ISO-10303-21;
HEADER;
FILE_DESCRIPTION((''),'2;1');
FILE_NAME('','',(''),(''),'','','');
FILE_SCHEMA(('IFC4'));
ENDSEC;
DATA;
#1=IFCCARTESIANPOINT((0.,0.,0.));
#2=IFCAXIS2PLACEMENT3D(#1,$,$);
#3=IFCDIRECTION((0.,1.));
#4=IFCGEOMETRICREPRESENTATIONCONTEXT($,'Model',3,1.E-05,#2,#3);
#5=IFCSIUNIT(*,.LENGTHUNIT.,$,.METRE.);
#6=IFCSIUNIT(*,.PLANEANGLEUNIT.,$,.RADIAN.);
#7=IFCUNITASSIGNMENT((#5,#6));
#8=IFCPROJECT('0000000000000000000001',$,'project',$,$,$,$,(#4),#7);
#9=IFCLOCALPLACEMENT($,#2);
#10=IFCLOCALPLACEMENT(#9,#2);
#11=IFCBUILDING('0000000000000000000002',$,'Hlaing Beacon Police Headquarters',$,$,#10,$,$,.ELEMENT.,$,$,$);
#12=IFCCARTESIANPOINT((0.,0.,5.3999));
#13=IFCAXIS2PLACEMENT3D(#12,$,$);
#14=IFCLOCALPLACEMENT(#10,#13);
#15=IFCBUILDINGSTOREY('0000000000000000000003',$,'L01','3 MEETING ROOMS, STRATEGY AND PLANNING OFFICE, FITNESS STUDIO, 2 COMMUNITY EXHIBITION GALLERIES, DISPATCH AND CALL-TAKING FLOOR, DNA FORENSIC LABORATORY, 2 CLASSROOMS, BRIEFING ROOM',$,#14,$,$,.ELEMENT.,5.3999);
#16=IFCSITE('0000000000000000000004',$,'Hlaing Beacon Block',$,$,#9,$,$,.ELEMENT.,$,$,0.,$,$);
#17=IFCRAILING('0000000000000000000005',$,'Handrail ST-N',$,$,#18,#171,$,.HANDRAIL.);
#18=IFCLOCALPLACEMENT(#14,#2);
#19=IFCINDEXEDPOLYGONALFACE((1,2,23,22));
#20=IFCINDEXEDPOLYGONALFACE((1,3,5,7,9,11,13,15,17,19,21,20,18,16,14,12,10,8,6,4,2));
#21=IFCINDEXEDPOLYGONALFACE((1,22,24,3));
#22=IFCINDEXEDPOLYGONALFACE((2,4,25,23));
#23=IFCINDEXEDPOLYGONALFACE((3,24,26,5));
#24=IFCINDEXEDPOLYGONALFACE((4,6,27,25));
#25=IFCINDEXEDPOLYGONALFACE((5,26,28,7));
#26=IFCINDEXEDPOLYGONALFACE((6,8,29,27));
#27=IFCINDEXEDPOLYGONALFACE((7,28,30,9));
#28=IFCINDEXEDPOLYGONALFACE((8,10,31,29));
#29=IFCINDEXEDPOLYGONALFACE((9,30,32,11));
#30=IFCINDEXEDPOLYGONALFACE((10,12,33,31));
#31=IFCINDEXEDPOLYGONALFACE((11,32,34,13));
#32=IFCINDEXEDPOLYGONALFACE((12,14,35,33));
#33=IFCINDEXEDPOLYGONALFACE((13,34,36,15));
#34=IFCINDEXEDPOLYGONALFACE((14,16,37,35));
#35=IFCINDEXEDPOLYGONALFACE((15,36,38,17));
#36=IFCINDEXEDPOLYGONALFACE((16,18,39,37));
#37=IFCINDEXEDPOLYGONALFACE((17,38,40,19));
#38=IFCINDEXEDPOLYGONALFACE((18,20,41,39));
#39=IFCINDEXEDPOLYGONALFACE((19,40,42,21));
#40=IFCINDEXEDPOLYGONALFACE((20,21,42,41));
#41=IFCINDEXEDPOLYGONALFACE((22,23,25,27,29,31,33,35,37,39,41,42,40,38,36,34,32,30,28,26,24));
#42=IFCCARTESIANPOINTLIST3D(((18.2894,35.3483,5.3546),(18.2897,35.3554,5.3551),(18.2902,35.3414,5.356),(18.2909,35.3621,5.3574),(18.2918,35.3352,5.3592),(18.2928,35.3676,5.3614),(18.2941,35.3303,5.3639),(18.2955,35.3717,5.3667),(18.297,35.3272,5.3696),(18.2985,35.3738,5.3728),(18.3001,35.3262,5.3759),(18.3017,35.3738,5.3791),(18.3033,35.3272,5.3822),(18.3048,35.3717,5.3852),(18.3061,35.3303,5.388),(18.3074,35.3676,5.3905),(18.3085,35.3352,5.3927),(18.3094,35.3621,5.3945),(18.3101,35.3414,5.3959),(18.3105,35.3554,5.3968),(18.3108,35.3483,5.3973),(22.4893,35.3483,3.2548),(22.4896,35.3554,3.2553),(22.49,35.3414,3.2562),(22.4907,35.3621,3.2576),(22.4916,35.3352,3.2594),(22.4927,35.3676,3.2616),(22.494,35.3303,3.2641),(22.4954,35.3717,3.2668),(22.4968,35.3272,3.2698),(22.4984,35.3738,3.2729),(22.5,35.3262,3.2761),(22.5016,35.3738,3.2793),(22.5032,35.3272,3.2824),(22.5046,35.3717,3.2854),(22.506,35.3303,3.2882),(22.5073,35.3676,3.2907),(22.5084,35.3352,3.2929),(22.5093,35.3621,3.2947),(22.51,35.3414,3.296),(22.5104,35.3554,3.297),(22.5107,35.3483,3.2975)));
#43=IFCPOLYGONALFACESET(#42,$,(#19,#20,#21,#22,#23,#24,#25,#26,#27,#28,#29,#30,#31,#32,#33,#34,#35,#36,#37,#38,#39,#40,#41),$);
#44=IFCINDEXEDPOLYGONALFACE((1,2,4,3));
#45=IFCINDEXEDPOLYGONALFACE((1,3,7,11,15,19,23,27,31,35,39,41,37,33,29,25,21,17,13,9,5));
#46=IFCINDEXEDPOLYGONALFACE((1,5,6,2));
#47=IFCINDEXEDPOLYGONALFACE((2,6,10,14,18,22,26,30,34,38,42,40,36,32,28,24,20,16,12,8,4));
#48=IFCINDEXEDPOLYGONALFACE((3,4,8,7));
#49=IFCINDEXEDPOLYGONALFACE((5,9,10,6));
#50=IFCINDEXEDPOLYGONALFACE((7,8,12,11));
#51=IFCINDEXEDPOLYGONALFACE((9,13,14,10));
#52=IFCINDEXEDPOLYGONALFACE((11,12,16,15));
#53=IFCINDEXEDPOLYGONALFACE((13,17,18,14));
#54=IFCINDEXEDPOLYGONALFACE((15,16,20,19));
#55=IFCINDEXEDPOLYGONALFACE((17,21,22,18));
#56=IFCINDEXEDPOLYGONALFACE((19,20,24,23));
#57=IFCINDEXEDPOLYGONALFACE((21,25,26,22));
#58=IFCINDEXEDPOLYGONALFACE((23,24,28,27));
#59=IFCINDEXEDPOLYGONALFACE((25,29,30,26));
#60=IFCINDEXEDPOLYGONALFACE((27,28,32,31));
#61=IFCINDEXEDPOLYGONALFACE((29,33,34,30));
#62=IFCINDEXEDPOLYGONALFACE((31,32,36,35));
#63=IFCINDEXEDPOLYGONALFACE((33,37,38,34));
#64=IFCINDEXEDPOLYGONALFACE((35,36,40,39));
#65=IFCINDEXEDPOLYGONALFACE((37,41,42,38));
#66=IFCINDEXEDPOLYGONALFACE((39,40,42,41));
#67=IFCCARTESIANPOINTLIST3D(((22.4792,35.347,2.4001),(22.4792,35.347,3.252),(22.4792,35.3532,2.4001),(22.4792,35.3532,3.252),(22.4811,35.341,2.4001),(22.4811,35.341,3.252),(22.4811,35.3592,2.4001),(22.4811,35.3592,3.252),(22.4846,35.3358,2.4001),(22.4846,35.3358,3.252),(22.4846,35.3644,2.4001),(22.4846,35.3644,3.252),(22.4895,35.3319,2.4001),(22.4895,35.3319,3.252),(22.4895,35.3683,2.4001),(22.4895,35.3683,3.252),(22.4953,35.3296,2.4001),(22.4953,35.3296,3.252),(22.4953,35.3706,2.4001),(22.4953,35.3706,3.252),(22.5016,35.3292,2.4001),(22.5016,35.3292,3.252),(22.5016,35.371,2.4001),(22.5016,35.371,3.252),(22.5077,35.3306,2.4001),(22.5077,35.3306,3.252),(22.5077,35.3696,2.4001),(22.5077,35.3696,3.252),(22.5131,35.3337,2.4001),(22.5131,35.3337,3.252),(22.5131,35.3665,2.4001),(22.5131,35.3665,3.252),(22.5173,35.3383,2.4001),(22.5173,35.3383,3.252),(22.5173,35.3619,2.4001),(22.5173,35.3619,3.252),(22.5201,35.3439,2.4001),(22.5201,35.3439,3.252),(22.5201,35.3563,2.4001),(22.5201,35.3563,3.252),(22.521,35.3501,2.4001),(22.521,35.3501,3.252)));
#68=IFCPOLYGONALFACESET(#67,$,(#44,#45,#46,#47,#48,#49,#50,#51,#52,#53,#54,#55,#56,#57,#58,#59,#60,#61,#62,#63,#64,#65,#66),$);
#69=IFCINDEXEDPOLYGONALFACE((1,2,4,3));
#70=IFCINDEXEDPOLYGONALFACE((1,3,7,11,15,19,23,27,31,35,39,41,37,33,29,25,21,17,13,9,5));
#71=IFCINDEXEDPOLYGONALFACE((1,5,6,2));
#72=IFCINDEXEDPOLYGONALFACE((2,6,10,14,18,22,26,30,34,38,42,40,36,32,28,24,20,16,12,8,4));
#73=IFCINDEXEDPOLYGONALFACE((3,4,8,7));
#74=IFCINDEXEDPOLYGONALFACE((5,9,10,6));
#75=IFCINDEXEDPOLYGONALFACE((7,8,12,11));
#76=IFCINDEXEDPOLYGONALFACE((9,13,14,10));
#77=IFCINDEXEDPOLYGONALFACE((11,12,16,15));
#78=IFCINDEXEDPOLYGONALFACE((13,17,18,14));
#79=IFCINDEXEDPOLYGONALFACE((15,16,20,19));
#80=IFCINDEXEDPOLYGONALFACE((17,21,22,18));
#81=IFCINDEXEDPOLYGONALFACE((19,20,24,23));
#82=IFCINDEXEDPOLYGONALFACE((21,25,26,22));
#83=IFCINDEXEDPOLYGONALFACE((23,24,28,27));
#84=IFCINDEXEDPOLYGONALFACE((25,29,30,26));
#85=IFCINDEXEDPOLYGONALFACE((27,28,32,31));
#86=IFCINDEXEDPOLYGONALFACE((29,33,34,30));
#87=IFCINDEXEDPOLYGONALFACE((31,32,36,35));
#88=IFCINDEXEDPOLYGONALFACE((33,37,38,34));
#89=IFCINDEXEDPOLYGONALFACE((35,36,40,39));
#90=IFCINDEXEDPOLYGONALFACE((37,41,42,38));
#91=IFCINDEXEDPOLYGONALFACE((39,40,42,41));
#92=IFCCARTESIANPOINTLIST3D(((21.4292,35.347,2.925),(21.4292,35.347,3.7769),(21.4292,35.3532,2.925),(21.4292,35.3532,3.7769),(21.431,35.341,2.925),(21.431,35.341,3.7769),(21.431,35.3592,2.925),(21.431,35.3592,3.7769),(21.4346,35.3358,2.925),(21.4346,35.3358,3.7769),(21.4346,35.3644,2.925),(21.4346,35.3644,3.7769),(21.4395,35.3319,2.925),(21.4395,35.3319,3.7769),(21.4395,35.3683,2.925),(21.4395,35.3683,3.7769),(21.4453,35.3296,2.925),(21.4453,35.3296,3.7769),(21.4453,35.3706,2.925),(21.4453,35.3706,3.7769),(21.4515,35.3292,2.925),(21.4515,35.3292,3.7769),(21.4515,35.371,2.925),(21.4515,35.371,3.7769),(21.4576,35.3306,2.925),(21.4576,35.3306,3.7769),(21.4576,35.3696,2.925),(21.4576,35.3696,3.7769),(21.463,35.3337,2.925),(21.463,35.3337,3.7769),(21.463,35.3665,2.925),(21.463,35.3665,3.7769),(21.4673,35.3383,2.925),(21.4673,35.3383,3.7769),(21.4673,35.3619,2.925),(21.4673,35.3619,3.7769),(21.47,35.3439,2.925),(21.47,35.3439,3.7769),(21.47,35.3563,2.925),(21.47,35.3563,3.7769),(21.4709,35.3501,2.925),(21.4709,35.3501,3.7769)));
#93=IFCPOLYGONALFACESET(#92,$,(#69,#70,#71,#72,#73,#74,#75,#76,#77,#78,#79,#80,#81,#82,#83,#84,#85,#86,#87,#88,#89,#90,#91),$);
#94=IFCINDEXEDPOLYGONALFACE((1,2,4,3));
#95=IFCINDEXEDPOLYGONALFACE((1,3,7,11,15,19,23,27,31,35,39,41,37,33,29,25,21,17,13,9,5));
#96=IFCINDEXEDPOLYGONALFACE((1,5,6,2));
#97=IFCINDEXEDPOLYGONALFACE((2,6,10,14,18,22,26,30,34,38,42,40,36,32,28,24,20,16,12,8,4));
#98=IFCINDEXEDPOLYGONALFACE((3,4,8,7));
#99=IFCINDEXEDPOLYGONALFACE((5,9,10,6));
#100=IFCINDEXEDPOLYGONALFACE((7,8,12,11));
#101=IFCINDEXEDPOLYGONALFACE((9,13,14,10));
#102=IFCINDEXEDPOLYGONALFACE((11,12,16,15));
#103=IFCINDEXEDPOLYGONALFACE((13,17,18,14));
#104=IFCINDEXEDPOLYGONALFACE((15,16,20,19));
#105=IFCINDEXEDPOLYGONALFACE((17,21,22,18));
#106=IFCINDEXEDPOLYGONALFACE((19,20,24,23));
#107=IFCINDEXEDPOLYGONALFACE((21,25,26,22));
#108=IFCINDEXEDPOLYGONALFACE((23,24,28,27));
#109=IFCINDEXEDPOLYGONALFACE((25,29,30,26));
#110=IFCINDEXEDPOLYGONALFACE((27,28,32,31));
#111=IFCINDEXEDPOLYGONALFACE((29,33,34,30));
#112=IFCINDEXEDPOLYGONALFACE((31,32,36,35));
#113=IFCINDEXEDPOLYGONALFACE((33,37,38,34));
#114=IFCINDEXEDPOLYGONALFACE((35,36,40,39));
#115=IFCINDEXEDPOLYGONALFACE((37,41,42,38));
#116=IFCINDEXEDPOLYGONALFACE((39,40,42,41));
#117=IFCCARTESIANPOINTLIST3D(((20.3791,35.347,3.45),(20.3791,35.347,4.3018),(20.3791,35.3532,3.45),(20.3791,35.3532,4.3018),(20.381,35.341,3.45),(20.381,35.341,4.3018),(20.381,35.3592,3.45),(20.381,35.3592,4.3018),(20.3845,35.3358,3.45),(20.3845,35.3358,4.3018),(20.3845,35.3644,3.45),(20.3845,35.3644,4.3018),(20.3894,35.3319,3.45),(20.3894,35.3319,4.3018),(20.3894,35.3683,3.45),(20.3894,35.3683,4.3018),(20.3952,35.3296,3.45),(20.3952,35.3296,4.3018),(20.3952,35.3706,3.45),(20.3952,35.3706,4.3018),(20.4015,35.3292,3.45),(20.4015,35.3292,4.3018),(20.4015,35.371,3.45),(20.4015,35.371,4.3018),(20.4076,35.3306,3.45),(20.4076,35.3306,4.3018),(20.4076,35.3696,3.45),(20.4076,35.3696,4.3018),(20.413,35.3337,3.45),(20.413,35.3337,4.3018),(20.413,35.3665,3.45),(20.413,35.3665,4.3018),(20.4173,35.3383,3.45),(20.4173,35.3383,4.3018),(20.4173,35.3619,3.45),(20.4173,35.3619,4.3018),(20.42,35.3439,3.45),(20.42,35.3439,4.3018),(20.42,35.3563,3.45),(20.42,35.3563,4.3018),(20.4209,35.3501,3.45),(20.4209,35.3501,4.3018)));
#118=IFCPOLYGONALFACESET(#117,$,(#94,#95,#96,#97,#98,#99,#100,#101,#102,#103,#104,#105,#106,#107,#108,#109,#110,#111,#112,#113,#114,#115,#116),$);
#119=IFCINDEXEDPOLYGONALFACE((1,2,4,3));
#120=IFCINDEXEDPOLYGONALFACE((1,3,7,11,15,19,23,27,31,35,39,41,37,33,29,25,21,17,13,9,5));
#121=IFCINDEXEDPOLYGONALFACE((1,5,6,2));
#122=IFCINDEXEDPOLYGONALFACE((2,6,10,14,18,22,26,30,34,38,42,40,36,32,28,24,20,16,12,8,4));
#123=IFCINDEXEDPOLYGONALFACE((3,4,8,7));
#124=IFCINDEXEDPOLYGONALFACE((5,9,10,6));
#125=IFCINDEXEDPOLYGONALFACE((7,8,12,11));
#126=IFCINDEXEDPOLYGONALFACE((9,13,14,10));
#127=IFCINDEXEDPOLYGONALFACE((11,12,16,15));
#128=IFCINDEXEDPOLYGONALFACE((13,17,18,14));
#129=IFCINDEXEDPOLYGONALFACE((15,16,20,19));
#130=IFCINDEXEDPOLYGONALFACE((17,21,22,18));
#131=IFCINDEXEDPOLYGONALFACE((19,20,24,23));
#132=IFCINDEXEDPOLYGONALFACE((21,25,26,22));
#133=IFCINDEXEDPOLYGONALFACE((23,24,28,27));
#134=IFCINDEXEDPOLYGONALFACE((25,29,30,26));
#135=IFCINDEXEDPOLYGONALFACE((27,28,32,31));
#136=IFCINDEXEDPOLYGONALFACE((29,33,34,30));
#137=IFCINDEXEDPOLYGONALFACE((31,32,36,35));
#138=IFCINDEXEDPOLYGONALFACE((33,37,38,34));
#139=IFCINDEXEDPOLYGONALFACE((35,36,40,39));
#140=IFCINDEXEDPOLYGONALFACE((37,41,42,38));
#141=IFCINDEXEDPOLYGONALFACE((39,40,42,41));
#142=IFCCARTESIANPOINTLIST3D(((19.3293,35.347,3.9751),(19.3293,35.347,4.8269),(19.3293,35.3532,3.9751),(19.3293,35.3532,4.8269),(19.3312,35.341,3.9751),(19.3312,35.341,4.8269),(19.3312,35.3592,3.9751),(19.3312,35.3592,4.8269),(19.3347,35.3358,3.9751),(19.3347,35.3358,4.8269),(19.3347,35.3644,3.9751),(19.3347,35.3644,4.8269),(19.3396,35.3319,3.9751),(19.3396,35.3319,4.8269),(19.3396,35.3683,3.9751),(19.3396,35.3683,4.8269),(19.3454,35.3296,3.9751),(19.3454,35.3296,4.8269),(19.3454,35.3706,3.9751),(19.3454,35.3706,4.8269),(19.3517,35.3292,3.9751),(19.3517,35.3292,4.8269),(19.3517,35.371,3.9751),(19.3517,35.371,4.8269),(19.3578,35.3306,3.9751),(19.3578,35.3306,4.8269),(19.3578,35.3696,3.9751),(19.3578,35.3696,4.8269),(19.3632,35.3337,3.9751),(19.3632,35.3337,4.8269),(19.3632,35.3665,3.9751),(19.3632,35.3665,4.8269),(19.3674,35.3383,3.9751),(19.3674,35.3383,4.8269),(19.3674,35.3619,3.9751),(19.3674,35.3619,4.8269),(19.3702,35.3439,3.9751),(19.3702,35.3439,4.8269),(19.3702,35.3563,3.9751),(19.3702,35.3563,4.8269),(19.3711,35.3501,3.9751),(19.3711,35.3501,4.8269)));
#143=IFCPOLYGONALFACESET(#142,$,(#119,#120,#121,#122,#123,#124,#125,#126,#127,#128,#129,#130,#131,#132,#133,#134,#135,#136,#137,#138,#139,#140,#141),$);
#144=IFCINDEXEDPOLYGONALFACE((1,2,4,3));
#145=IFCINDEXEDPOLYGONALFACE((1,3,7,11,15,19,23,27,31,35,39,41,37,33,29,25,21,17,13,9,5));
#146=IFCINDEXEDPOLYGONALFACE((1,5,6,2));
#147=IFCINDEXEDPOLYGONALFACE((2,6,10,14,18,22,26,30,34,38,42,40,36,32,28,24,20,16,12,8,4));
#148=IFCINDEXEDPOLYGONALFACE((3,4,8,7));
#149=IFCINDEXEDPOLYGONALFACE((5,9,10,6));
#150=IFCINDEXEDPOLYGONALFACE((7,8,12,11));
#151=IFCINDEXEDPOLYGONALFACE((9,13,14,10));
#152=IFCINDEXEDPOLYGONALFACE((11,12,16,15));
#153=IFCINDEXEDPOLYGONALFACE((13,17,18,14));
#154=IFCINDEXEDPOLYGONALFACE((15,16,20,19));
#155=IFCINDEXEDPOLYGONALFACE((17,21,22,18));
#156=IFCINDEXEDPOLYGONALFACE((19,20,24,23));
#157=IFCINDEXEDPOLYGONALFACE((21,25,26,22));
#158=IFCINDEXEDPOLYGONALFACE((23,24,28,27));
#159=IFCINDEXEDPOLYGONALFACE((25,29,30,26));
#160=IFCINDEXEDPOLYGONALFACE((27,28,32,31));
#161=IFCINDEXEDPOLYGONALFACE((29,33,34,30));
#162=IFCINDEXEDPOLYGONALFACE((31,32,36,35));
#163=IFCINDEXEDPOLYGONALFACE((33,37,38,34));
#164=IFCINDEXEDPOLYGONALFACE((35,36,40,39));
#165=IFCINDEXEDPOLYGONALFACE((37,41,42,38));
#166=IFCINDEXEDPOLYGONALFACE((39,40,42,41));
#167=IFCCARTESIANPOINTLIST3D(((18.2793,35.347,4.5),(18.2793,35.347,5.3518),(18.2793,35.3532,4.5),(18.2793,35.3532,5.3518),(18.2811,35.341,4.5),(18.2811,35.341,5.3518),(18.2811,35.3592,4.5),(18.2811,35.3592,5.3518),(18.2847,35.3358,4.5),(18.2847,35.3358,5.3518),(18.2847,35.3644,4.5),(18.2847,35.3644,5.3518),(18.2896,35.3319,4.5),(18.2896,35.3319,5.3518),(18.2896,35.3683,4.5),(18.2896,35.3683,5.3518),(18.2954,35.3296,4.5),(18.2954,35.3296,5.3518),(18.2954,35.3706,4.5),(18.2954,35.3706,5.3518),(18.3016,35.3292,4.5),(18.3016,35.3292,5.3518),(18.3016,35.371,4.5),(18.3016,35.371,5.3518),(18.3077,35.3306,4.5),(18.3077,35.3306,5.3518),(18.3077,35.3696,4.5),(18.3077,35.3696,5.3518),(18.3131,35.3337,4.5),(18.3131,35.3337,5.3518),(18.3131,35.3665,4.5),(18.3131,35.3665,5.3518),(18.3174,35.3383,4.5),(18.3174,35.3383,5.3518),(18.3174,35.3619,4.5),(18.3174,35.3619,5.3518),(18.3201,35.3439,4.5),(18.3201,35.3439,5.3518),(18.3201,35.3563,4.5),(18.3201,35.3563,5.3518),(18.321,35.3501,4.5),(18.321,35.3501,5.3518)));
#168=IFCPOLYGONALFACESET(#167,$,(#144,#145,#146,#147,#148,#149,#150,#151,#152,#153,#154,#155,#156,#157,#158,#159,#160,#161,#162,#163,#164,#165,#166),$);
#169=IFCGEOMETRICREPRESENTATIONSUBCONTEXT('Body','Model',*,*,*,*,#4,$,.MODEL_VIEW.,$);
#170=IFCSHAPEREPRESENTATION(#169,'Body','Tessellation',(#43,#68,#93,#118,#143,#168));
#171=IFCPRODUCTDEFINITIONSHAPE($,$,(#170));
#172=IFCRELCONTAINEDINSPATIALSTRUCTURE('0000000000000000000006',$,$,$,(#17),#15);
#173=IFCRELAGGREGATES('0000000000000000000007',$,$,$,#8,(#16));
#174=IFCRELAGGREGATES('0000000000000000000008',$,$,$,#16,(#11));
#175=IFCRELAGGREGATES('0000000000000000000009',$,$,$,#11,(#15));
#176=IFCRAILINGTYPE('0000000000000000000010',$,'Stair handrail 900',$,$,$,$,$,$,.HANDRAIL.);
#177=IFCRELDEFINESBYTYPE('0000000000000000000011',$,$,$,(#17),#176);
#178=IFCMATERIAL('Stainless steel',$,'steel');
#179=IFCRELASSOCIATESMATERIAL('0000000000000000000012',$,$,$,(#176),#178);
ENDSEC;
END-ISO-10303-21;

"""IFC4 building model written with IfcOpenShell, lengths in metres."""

from ifc_helpers import new_model, si_unit, direction, frame, origin, origin_2d, place, context, subcontext, project, spatial, circle, extrude, material, type_object, element, save


model = new_model("IFC4")

# Units and contexts
model_context = context("Model", 3, precision=1e-05, world=origin(), true_north=direction((0.0, 1.0)))
body_context = subcontext(model_context, "Body", "Model", "MODEL_VIEW")
ifc_project = project(units=[si_unit("LENGTHUNIT", "METRE"), si_unit("PLANEANGLEUNIT", "RADIAN")], contexts=[model_context])

# Site, building, storey
site_placement = place(None, origin())
site = spatial("IfcSite", under=ifc_project, at=site_placement, Name="Hlaing Beacon Block", CompositionType="ELEMENT", RefElevation=0.0)
building_placement = place(site_placement, origin())
building = spatial("IfcBuilding", under=site, at=building_placement, Name="Hlaing Beacon Police Headquarters", CompositionType="ELEMENT")
storey_placement = place(building_placement, frame((0.0, 0.0, 5.3999)))
storey = spatial("IfcBuildingStorey", under=building, at=storey_placement, Name="L01", Description="3 MEETING ROOMS, STRATEGY AND PLANNING OFFICE, FITNESS STUDIO, 2 COMMUNITY EXHIBITION GALLERIES, DISPATCH AND CALL-TAKING FLOOR, DNA FORENSIC LABORATORY, 2 CLASSROOMS, BRIEFING ROOM", CompositionType="ELEMENT", Elevation=5.3999)

# Railing
ifc_material_1 = material(Name="Stainless steel", Category="steel")
railing_type = type_object("IfcRailingType", Name="Stair handrail 900", PredefinedType="HANDRAIL", material=ifc_material_1)
for number, where, name in (
    (1, (22.5, 35.3501, 2.4001), "Handrail ST-N"),
):
    element("IfcRailing", number, at=place(storey_placement, frame(where)), inside=storey, type_object=railing_type, Name=name, PredefinedType="HANDRAIL", context=body_context, shape_type="SweptSolid", body=[
        extrude(circle(Radius=0.0239, at=origin_2d()), frame((0.0, 0.0, 0.876), z_axis=(-0.894438, 0.0, 0.447193), x_axis=(0.0, -1.0, 0.0)), (0.0, 0.0, 1.0), 4.6956),
        extrude(circle(Radius=0.021, at=origin_2d()), origin(), (0.0, 0.0, 1.0), 0.8518),
        extrude(circle(Radius=0.021, at=origin_2d()), frame((-1.05, 0.0, 0.5249)), (0.0, 0.0, 1.0), 0.8518),
        extrude(circle(Radius=0.021, at=origin_2d()), frame((-2.1001, 0.0, 1.0498)), (0.0, 0.0, 1.0), 0.8518),
        extrude(circle(Radius=0.021, at=origin_2d()), frame((-3.1499, 0.0, 1.575)), (0.0, 0.0, 1.0), 0.8518),
        extrude(circle(Radius=0.021, at=origin_2d()), frame((-4.2, 0.0, 2.0999)), (0.0, 0.0, 1.0), 0.8518),
    ])

save(model, "model.ifc")
